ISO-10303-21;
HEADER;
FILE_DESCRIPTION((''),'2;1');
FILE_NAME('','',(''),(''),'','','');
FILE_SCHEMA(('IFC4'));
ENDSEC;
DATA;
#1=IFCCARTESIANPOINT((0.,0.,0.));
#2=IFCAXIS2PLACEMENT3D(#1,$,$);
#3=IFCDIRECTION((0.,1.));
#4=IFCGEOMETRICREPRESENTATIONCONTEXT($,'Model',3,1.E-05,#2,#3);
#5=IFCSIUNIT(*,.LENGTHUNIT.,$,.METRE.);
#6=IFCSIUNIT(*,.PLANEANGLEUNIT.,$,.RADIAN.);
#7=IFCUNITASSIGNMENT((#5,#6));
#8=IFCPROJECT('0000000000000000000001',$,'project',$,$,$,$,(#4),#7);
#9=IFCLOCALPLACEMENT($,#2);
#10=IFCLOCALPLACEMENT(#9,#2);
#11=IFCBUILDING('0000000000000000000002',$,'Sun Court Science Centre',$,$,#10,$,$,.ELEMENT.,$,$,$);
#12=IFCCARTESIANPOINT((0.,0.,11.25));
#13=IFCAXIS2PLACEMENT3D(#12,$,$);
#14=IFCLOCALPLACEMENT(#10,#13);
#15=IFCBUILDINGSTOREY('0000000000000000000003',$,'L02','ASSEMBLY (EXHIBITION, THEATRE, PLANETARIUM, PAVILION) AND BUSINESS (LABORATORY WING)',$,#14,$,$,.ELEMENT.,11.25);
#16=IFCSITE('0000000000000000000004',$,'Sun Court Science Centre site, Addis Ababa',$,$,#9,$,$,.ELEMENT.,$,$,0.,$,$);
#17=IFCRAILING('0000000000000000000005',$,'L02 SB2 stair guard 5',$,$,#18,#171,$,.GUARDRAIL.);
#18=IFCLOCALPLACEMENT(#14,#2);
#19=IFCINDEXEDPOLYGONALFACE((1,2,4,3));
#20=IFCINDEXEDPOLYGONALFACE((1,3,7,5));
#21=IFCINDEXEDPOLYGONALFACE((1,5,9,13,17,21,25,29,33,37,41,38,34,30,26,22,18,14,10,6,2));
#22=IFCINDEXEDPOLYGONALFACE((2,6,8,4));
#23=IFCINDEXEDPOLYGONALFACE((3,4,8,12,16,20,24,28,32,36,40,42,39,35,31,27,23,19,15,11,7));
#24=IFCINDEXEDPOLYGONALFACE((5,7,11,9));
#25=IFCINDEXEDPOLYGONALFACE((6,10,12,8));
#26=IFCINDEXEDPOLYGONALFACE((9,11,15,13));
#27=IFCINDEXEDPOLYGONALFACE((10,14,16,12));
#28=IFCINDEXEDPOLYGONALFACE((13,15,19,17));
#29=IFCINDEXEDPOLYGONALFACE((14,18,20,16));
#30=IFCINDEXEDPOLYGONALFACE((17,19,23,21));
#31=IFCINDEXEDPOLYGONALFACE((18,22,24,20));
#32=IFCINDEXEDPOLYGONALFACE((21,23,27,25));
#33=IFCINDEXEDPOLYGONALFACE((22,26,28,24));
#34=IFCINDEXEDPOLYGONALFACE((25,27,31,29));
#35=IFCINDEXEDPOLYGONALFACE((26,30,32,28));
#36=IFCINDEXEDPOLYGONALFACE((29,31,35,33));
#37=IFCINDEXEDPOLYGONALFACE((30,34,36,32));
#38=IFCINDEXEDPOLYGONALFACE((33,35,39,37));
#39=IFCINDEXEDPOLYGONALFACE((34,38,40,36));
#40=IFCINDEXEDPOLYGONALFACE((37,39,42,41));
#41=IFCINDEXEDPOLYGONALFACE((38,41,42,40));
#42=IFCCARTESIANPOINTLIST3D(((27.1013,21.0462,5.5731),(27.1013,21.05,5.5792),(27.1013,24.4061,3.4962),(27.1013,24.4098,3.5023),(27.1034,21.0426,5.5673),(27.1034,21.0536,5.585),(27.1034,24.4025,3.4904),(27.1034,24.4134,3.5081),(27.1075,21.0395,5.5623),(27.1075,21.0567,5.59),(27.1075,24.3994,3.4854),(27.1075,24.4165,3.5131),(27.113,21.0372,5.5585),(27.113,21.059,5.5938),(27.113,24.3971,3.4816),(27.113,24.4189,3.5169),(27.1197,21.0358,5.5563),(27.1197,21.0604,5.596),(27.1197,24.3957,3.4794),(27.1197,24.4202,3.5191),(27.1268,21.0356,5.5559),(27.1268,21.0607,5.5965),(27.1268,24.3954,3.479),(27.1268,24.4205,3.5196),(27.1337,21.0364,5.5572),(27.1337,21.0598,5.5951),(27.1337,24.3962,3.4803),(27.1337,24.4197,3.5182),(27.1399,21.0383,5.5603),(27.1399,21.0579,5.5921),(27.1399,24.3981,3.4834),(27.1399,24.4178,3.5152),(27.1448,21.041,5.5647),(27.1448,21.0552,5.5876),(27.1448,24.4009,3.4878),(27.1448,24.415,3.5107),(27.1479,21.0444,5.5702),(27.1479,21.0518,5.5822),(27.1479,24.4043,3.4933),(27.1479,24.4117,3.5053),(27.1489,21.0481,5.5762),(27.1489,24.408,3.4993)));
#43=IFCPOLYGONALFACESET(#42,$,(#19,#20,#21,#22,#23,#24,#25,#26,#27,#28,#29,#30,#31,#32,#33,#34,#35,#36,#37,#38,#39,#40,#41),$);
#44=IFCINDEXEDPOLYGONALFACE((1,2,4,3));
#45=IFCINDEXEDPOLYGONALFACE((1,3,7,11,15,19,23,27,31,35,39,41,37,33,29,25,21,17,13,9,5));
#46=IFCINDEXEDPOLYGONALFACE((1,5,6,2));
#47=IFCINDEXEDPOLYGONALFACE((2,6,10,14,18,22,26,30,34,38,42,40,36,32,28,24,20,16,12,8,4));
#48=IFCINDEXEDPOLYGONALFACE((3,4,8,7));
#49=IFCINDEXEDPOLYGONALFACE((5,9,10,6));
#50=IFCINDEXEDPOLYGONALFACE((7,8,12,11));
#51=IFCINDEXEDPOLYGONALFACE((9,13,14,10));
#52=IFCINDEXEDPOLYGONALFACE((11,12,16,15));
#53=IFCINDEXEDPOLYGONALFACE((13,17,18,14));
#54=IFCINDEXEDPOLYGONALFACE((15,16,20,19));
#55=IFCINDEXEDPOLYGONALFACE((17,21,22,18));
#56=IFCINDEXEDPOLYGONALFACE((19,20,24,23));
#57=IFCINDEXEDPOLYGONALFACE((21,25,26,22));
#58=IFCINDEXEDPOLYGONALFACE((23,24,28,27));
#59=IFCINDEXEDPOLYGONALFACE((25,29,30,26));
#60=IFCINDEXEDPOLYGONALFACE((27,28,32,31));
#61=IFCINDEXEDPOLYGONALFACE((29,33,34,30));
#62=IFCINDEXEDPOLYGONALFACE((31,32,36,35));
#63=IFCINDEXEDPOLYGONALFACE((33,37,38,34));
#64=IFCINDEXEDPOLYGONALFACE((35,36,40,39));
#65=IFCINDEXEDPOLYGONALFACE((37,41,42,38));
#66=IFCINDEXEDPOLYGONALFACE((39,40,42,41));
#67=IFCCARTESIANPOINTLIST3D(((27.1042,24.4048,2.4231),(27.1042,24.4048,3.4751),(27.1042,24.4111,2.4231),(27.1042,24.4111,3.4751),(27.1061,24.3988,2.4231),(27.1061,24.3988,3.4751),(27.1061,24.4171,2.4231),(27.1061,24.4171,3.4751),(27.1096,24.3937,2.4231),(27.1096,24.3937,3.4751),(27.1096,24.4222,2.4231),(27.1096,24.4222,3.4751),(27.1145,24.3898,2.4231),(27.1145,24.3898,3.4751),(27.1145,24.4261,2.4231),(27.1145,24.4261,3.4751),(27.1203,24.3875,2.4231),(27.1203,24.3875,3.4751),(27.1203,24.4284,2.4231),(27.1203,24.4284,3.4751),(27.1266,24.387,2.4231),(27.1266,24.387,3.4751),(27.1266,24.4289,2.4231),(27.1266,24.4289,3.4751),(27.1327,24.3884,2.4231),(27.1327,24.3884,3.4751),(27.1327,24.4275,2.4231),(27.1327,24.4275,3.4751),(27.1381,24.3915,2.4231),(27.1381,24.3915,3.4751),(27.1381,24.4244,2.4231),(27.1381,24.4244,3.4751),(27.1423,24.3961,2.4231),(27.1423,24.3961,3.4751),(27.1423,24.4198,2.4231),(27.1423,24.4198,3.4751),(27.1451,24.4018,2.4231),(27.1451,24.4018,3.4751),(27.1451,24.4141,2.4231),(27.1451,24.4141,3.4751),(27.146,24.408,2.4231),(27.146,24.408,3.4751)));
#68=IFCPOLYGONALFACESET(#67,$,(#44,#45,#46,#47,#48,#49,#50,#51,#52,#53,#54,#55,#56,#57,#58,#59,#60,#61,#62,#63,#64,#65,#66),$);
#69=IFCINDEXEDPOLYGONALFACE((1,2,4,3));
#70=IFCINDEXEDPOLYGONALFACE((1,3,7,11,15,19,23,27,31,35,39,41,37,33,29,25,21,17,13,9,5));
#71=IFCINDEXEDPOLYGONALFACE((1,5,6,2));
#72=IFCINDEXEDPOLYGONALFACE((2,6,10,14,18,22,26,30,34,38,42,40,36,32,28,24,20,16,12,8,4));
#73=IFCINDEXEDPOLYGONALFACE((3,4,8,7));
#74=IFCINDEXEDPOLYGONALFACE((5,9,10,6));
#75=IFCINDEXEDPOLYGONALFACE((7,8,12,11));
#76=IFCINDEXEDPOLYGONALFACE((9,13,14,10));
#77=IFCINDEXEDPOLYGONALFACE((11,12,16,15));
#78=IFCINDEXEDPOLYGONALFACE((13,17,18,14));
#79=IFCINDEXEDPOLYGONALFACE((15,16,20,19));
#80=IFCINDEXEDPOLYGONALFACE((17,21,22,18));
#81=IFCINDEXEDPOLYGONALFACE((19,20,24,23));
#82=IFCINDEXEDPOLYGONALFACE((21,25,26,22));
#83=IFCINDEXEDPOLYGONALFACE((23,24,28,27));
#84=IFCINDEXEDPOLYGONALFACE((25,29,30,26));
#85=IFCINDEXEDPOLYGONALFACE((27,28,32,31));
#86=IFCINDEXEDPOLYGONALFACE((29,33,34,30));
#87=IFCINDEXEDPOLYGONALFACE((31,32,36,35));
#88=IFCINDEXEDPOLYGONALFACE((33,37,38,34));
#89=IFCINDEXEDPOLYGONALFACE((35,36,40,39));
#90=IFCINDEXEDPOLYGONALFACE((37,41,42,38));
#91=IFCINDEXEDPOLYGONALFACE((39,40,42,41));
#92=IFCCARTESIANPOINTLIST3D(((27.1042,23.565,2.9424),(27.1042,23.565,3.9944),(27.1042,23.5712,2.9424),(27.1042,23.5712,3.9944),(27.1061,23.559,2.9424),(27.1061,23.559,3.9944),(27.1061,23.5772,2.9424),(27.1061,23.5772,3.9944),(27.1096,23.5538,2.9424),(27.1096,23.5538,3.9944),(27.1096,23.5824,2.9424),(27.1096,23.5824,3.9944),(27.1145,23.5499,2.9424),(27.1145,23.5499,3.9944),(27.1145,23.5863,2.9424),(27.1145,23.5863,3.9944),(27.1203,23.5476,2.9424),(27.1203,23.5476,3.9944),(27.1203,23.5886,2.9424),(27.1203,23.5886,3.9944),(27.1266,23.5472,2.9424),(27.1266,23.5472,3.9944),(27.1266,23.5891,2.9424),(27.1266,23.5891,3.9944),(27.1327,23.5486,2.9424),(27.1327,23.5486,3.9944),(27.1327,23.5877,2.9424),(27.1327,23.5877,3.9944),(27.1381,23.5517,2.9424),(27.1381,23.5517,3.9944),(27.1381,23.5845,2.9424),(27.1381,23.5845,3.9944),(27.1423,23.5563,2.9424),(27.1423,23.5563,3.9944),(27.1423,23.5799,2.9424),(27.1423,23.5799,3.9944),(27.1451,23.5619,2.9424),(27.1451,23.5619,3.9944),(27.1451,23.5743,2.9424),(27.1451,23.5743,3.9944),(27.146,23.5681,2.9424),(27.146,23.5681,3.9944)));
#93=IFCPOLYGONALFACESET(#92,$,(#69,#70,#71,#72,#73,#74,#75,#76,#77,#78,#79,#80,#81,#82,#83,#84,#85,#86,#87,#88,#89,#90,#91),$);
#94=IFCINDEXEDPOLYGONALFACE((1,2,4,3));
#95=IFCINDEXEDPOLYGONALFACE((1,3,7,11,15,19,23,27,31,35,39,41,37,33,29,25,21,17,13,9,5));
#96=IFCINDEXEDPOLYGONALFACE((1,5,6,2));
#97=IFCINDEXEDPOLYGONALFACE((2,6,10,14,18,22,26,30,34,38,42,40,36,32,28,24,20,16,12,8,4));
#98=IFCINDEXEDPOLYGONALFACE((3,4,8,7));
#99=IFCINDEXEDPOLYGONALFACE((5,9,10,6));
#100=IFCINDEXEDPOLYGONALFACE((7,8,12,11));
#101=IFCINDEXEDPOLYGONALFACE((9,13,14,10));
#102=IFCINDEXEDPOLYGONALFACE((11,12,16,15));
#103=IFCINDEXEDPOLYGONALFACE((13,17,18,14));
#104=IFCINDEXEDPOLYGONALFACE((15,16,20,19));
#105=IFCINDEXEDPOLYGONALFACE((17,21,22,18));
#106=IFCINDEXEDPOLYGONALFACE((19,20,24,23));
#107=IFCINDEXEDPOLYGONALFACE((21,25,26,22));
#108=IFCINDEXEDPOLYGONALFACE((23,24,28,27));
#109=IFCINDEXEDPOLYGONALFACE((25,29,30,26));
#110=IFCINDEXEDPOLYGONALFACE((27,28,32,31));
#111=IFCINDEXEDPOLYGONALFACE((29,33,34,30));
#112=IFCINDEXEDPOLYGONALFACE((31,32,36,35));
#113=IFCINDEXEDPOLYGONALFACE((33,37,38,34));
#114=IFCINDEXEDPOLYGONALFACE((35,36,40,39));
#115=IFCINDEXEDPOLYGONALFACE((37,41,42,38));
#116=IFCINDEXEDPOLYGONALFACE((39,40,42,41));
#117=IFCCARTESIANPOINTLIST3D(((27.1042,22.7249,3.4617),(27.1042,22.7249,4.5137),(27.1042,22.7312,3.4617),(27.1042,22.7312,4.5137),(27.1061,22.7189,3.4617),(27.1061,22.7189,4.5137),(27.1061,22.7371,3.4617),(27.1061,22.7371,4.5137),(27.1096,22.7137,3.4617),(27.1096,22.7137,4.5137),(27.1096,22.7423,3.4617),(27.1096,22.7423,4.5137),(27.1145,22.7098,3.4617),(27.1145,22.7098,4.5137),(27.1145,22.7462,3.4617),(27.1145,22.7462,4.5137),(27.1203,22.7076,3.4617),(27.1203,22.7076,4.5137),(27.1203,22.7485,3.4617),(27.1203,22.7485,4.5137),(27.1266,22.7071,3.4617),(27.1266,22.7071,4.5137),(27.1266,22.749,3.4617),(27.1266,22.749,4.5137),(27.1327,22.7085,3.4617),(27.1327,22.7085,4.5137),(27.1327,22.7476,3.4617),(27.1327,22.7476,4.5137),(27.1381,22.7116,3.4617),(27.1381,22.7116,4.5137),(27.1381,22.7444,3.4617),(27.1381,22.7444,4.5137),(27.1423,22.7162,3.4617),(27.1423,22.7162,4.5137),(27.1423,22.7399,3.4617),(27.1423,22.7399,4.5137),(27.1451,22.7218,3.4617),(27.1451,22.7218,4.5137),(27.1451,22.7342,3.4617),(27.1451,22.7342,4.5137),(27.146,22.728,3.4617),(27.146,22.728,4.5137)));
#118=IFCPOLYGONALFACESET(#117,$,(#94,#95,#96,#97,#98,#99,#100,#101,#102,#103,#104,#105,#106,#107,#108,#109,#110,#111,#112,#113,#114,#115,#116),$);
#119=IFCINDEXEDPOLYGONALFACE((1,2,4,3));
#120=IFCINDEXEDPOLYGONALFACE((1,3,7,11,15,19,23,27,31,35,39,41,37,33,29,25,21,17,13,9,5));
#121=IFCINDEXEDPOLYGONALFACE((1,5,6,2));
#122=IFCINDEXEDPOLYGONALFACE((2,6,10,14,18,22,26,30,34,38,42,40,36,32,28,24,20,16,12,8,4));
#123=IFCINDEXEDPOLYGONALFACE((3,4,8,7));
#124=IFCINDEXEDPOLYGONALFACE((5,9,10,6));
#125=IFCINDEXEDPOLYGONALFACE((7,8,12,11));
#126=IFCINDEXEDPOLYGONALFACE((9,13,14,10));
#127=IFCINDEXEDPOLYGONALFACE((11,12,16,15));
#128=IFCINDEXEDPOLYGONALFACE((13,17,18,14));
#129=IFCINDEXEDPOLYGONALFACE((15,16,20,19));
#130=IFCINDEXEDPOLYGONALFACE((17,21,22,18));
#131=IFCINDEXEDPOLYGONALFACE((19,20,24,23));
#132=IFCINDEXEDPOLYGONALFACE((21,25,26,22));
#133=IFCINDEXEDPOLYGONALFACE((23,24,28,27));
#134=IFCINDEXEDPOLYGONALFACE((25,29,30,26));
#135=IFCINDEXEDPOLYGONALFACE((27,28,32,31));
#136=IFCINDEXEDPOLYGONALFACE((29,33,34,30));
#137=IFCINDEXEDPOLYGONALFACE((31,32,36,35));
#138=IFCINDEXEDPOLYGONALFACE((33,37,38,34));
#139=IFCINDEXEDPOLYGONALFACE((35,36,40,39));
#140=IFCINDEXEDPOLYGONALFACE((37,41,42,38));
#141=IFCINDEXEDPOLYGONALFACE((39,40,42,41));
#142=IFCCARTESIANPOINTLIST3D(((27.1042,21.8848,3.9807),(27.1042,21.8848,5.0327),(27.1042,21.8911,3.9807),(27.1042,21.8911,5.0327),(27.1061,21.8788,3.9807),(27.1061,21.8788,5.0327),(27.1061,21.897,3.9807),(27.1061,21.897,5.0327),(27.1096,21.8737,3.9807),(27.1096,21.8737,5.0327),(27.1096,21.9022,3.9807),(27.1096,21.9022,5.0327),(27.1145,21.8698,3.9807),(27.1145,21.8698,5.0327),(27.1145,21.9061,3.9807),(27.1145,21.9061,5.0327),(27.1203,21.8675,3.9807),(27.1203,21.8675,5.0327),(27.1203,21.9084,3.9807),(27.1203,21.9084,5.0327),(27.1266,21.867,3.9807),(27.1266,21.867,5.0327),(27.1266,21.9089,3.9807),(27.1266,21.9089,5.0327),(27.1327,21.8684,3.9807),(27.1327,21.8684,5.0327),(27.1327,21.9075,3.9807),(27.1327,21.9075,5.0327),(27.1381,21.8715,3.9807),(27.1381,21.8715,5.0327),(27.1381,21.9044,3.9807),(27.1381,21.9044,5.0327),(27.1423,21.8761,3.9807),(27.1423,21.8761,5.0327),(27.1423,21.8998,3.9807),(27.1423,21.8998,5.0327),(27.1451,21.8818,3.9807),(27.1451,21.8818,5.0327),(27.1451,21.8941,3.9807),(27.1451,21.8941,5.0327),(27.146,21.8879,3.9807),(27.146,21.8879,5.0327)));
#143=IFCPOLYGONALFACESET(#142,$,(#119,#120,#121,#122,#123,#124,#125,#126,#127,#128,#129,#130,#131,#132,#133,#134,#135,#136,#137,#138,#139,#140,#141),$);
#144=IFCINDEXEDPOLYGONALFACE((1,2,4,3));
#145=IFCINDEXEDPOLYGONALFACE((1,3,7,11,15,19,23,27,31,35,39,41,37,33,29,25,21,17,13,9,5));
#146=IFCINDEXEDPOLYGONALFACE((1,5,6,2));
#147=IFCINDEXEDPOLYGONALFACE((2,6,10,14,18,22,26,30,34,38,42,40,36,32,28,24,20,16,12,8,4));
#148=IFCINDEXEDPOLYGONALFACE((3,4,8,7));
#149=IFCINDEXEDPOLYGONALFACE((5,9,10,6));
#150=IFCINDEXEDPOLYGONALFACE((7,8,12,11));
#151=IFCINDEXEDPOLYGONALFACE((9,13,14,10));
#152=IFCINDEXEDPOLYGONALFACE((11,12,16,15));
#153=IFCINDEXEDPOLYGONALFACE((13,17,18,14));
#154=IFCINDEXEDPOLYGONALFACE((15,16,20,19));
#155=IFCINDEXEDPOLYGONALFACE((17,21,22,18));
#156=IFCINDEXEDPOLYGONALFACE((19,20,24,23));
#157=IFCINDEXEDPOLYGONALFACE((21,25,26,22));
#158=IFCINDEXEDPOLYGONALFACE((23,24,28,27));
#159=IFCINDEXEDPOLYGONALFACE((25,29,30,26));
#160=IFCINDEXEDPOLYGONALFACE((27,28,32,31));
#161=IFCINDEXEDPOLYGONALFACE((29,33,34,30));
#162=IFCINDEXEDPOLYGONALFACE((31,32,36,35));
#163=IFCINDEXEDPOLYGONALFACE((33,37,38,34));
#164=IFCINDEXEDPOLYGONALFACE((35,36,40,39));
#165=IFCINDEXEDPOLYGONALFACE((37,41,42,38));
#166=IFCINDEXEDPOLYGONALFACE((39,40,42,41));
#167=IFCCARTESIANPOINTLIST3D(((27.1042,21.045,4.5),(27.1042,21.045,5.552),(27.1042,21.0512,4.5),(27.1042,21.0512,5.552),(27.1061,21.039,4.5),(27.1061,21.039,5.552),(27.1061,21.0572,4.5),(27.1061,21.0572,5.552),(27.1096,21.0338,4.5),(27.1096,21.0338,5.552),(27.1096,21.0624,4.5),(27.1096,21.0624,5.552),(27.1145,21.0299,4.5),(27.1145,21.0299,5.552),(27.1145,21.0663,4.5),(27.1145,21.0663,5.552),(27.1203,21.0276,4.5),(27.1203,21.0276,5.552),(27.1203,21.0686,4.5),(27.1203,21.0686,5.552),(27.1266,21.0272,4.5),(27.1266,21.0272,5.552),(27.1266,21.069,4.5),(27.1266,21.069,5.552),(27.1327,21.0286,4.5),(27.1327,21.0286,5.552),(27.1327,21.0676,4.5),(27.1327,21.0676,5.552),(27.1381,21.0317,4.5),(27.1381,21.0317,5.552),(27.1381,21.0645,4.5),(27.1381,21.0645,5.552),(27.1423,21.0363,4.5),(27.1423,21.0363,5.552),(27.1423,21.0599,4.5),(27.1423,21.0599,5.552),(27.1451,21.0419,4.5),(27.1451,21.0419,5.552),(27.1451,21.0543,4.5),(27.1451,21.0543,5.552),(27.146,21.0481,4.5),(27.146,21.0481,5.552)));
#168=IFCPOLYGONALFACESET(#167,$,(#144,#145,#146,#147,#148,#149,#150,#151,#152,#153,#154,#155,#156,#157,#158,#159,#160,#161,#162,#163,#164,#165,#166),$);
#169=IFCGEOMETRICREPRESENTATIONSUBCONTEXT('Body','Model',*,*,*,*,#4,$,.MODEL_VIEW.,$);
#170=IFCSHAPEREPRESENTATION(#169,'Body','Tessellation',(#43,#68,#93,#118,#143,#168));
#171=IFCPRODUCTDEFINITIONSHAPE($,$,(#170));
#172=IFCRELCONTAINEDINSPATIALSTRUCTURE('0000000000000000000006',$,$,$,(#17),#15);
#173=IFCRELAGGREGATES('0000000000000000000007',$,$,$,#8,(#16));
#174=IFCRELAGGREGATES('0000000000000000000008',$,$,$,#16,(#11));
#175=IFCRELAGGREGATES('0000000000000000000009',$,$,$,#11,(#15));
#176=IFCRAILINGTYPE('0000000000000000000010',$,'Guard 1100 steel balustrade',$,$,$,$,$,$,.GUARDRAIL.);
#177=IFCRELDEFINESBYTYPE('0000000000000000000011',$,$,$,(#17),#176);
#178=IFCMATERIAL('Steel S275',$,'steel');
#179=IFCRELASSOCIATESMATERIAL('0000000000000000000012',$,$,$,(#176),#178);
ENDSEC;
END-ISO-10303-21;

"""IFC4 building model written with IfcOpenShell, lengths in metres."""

from ifc_helpers import new_model, si_unit, direction, frame, origin, origin_2d, place, context, subcontext, project, spatial, circle, extrude, material, type_object, element, save


model = new_model("IFC4")

# Units and contexts
model_context = context("Model", 3, precision=1e-05, world=origin(), true_north=direction((0.0, 1.0)))
body_context = subcontext(model_context, "Body", "Model", "MODEL_VIEW")
ifc_project = project(units=[si_unit("LENGTHUNIT", "METRE"), si_unit("PLANEANGLEUNIT", "RADIAN")], contexts=[model_context])

# Site, building, storey
site_placement = place(None, origin())
site = spatial("IfcSite", under=ifc_project, at=site_placement, Name="Sun Court Science Centre site, Addis Ababa", CompositionType="ELEMENT", RefElevation=0.0)
building_placement = place(site_placement, origin())
building = spatial("IfcBuilding", under=site, at=building_placement, Name="Sun Court Science Centre", CompositionType="ELEMENT")
storey_placement = place(building_placement, frame((0.0, 0.0, 11.25)))
storey = spatial("IfcBuildingStorey", under=building, at=storey_placement, Name="L02", Description="ASSEMBLY (EXHIBITION, THEATRE, PLANETARIUM, PAVILION) AND BUSINESS (LABORATORY WING)", CompositionType="ELEMENT", Elevation=11.25)

# Railing
ifc_material_1 = material(Name="Steel S275", Category="steel")
railing_type_1 = type_object("IfcRailingType", Name="Guard 1100 steel balustrade", PredefinedType="GUARDRAIL", material=ifc_material_1)
railing_1_placement = place(storey_placement, frame((27.125, 24.408, 2.4231)))
element("IfcRailing", 1, at=railing_1_placement, inside=storey, type_object=railing_type_1, Name="L02 SB2 stair guard 5", PredefinedType="GUARDRAIL", context=body_context, shape_type="SweptSolid", body=[
    extrude(circle(Radius=0.0239, at=origin_2d()), frame((0.0, 0.0, 1.0762), z_axis=(0.0, -0.850606, 0.525803), x_axis=(1.0, 0.0, 0.0)), (0.0, 0.0, 1.0), 3.95),
    extrude(circle(Radius=0.021, at=origin_2d()), origin(), (0.0, 0.0, 1.0), 1.052),
    extrude(circle(Radius=0.021, at=origin_2d()), frame((0.0, -0.8398, 0.5193)), (0.0, 0.0, 1.0), 1.052),
    extrude(circle(Radius=0.021, at=origin_2d()), frame((0.0, -1.6799, 1.0386)), (0.0, 0.0, 1.0), 1.052),
    extrude(circle(Radius=0.021, at=origin_2d()), frame((0.0, -2.52, 1.5576)), (0.0, 0.0, 1.0), 1.052),
    extrude(circle(Radius=0.021, at=origin_2d()), frame((0.0, -3.3599, 2.0769)), (0.0, 0.0, 1.0), 1.052),
])

save(model, "model.ifc")
